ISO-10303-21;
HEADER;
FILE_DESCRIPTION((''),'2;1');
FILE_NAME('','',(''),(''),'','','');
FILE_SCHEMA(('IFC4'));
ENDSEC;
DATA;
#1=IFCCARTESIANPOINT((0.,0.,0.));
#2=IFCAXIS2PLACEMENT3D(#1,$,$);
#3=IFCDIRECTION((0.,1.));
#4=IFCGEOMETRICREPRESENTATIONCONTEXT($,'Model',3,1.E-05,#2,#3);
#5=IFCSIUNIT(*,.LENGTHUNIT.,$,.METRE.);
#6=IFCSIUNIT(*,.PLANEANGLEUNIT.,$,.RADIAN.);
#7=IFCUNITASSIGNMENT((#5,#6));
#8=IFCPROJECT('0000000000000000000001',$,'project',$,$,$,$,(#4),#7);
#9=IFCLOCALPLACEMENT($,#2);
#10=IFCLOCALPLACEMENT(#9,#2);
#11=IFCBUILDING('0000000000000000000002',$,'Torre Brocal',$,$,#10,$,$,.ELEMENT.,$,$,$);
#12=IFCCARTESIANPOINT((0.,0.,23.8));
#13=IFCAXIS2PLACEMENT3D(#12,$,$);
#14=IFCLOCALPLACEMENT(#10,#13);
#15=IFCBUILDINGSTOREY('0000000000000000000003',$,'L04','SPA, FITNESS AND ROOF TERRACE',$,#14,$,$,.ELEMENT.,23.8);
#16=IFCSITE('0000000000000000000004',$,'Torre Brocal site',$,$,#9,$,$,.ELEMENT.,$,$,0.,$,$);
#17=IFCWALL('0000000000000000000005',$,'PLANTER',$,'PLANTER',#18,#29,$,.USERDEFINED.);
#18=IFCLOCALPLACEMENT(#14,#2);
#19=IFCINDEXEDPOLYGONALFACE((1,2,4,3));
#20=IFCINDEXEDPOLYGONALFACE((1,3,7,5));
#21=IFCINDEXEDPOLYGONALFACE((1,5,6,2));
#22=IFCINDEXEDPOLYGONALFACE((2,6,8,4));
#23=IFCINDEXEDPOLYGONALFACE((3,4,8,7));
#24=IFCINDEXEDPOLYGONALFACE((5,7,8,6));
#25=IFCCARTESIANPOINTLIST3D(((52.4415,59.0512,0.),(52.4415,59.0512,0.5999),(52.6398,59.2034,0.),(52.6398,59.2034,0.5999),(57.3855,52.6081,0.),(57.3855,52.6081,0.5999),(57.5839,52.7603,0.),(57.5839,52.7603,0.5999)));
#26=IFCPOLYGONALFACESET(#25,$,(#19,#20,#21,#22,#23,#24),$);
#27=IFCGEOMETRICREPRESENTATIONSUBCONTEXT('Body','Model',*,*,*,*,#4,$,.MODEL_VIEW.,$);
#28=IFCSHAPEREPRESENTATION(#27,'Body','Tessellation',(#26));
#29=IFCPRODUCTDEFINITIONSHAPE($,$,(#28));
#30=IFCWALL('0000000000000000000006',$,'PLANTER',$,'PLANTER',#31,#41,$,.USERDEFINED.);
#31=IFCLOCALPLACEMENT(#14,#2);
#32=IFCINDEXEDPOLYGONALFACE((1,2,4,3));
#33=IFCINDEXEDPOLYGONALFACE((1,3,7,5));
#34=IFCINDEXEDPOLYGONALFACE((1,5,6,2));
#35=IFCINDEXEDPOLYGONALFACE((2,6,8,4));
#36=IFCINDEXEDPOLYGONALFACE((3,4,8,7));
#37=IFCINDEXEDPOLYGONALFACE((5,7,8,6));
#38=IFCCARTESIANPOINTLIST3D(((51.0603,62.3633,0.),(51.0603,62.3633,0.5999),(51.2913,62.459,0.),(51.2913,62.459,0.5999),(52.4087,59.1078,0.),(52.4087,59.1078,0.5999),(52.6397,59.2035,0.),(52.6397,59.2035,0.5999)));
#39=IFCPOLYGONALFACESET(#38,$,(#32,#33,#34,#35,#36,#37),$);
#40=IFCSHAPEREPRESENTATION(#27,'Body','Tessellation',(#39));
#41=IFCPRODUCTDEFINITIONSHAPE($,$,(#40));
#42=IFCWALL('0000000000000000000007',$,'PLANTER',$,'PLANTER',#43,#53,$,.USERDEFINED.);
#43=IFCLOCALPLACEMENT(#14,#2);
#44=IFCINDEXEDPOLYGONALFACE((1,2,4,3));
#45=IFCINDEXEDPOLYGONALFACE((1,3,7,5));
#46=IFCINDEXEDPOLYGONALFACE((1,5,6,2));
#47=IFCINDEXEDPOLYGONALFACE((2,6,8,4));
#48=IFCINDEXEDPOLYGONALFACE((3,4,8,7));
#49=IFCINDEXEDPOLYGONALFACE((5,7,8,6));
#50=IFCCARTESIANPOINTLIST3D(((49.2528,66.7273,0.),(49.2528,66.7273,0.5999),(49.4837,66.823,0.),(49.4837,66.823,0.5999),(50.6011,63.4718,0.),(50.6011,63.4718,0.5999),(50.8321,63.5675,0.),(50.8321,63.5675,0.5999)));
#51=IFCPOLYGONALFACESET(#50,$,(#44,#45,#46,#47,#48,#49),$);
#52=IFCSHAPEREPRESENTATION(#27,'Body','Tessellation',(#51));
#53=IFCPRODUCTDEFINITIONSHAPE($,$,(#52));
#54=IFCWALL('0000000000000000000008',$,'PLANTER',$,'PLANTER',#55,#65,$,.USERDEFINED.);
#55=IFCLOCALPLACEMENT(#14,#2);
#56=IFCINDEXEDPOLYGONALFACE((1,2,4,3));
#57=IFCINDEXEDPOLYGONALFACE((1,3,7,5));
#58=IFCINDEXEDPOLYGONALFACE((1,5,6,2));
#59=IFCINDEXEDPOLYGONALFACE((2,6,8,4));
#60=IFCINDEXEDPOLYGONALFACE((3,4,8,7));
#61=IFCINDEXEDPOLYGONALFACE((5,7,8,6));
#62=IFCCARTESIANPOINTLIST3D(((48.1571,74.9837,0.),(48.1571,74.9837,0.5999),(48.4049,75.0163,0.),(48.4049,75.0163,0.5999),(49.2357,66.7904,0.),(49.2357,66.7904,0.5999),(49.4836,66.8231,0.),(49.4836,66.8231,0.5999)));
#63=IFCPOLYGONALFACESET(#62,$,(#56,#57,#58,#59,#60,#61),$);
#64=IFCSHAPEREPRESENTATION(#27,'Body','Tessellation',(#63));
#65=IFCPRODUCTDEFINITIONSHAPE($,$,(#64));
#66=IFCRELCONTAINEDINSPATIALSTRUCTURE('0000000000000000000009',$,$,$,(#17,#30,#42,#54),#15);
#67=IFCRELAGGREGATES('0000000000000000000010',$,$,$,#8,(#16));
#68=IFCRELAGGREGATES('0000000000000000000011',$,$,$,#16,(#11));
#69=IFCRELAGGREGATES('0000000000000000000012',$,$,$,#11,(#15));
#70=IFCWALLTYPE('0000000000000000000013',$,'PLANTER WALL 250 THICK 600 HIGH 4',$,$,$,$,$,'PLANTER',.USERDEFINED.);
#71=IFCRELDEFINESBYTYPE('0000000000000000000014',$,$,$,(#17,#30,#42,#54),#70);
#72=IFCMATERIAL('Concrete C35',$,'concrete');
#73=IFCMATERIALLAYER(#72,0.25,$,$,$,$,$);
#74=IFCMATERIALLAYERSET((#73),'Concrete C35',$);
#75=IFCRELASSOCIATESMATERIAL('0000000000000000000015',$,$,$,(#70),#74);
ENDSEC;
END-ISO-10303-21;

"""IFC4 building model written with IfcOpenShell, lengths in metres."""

from ifc_helpers import new_model, si_unit, direction, frame, frame_2d, origin, place, context, subcontext, project, spatial, rectangle, extrude, material, layer, layer_set, type_object, element, save


model = new_model("IFC4")

# Units and contexts
model_context = context("Model", 3, precision=1e-05, world=origin(), true_north=direction((0.0, 1.0)))
body_context = subcontext(model_context, "Body", "Model", "MODEL_VIEW")
ifc_project = project(units=[si_unit("LENGTHUNIT", "METRE"), si_unit("PLANEANGLEUNIT", "RADIAN")], contexts=[model_context])

# Site, building, storey
site_placement = place(None, origin())
site = spatial("IfcSite", under=ifc_project, at=site_placement, Name="Torre Brocal site", CompositionType="ELEMENT", RefElevation=0.0)
building_placement = place(site_placement, origin())
building = spatial("IfcBuilding", under=site, at=building_placement, Name="Torre Brocal", CompositionType="ELEMENT")
storey_placement = place(building_placement, frame((0.0, 0.0, 23.8)))
storey = spatial("IfcBuildingStorey", under=building, at=storey_placement, Name="L04", Description="SPA, FITNESS AND ROOF TERRACE", CompositionType="ELEMENT", Elevation=23.8)

# Walls
ifc_material_1 = material(Name="Concrete C35", Category="concrete")
ifc_layer_1 = layer(ifc_material_1, 0.25)
ifc_layer_set_1 = layer_set([ifc_layer_1], Name="Concrete C35")
wall_type_1 = type_object("IfcWallType", Name="PLANTER WALL 250 THICK 600 HIGH 4", ElementType="PLANTER", PredefinedType="USERDEFINED", material=ifc_layer_set_1)
wall_1_placement = place(storey_placement, frame((57.4846, 52.6843, 0.0), z_axis=(0.0, 0.0, 1.0), x_axis=(-0.60877, 0.793346, 0.0)))
element("IfcWall", 1, at=wall_1_placement, inside=storey, type_object=wall_type_1, Name="PLANTER", ObjectType="PLANTER", PredefinedType="USERDEFINED", context=body_context, shape_type="SweptSolid", body=[
    extrude(rectangle(XDim=8.1213, YDim=0.25, at=frame_2d((4.0605, 0.0))), origin(), (0.0, 0.0, 1.0), 0.5999),
])
for number, where, z_axis, x_axis, name in (
    (2, (52.5242, 59.1558, 0.0), (0.0, 0.0, 1.0), (-0.382676, 0.923883, 0.0), "PLANTER"),
    (3, (50.7166, 63.5198, 0.0), (0.0, 0.0, 1.0), (-0.382652, 0.923893, 0.0), "PLANTER"),
):
    element("IfcWall", number, at=place(storey_placement, frame(where, z_axis=z_axis, x_axis=x_axis)), inside=storey, type_object=wall_type_1, Name=name, ObjectType="PLANTER", PredefinedType="USERDEFINED", context=body_context, shape_type="SweptSolid", body=[
        extrude(rectangle(XDim=3.5237, YDim=0.25, at=frame_2d((1.7617, 0.0))), origin(), (0.0, 0.0, 1.0), 0.5999),
    ])
wall_2_placement = place(storey_placement, frame((49.3596, 66.8069, 0.0), z_axis=(0.0, 0.0, 1.0), x_axis=(-0.130523, 0.991445, 0.0)))
element("IfcWall", 4, at=wall_2_placement, inside=storey, type_object=wall_type_1, Name="PLANTER", ObjectType="PLANTER", PredefinedType="USERDEFINED", context=body_context, shape_type="SweptSolid", body=[
    extrude(rectangle(XDim=8.2639, YDim=0.25, at=frame_2d((4.1318, 0.0))), origin(), (0.0, 0.0, 1.0), 0.5999),
])

save(model, "model.ifc")
